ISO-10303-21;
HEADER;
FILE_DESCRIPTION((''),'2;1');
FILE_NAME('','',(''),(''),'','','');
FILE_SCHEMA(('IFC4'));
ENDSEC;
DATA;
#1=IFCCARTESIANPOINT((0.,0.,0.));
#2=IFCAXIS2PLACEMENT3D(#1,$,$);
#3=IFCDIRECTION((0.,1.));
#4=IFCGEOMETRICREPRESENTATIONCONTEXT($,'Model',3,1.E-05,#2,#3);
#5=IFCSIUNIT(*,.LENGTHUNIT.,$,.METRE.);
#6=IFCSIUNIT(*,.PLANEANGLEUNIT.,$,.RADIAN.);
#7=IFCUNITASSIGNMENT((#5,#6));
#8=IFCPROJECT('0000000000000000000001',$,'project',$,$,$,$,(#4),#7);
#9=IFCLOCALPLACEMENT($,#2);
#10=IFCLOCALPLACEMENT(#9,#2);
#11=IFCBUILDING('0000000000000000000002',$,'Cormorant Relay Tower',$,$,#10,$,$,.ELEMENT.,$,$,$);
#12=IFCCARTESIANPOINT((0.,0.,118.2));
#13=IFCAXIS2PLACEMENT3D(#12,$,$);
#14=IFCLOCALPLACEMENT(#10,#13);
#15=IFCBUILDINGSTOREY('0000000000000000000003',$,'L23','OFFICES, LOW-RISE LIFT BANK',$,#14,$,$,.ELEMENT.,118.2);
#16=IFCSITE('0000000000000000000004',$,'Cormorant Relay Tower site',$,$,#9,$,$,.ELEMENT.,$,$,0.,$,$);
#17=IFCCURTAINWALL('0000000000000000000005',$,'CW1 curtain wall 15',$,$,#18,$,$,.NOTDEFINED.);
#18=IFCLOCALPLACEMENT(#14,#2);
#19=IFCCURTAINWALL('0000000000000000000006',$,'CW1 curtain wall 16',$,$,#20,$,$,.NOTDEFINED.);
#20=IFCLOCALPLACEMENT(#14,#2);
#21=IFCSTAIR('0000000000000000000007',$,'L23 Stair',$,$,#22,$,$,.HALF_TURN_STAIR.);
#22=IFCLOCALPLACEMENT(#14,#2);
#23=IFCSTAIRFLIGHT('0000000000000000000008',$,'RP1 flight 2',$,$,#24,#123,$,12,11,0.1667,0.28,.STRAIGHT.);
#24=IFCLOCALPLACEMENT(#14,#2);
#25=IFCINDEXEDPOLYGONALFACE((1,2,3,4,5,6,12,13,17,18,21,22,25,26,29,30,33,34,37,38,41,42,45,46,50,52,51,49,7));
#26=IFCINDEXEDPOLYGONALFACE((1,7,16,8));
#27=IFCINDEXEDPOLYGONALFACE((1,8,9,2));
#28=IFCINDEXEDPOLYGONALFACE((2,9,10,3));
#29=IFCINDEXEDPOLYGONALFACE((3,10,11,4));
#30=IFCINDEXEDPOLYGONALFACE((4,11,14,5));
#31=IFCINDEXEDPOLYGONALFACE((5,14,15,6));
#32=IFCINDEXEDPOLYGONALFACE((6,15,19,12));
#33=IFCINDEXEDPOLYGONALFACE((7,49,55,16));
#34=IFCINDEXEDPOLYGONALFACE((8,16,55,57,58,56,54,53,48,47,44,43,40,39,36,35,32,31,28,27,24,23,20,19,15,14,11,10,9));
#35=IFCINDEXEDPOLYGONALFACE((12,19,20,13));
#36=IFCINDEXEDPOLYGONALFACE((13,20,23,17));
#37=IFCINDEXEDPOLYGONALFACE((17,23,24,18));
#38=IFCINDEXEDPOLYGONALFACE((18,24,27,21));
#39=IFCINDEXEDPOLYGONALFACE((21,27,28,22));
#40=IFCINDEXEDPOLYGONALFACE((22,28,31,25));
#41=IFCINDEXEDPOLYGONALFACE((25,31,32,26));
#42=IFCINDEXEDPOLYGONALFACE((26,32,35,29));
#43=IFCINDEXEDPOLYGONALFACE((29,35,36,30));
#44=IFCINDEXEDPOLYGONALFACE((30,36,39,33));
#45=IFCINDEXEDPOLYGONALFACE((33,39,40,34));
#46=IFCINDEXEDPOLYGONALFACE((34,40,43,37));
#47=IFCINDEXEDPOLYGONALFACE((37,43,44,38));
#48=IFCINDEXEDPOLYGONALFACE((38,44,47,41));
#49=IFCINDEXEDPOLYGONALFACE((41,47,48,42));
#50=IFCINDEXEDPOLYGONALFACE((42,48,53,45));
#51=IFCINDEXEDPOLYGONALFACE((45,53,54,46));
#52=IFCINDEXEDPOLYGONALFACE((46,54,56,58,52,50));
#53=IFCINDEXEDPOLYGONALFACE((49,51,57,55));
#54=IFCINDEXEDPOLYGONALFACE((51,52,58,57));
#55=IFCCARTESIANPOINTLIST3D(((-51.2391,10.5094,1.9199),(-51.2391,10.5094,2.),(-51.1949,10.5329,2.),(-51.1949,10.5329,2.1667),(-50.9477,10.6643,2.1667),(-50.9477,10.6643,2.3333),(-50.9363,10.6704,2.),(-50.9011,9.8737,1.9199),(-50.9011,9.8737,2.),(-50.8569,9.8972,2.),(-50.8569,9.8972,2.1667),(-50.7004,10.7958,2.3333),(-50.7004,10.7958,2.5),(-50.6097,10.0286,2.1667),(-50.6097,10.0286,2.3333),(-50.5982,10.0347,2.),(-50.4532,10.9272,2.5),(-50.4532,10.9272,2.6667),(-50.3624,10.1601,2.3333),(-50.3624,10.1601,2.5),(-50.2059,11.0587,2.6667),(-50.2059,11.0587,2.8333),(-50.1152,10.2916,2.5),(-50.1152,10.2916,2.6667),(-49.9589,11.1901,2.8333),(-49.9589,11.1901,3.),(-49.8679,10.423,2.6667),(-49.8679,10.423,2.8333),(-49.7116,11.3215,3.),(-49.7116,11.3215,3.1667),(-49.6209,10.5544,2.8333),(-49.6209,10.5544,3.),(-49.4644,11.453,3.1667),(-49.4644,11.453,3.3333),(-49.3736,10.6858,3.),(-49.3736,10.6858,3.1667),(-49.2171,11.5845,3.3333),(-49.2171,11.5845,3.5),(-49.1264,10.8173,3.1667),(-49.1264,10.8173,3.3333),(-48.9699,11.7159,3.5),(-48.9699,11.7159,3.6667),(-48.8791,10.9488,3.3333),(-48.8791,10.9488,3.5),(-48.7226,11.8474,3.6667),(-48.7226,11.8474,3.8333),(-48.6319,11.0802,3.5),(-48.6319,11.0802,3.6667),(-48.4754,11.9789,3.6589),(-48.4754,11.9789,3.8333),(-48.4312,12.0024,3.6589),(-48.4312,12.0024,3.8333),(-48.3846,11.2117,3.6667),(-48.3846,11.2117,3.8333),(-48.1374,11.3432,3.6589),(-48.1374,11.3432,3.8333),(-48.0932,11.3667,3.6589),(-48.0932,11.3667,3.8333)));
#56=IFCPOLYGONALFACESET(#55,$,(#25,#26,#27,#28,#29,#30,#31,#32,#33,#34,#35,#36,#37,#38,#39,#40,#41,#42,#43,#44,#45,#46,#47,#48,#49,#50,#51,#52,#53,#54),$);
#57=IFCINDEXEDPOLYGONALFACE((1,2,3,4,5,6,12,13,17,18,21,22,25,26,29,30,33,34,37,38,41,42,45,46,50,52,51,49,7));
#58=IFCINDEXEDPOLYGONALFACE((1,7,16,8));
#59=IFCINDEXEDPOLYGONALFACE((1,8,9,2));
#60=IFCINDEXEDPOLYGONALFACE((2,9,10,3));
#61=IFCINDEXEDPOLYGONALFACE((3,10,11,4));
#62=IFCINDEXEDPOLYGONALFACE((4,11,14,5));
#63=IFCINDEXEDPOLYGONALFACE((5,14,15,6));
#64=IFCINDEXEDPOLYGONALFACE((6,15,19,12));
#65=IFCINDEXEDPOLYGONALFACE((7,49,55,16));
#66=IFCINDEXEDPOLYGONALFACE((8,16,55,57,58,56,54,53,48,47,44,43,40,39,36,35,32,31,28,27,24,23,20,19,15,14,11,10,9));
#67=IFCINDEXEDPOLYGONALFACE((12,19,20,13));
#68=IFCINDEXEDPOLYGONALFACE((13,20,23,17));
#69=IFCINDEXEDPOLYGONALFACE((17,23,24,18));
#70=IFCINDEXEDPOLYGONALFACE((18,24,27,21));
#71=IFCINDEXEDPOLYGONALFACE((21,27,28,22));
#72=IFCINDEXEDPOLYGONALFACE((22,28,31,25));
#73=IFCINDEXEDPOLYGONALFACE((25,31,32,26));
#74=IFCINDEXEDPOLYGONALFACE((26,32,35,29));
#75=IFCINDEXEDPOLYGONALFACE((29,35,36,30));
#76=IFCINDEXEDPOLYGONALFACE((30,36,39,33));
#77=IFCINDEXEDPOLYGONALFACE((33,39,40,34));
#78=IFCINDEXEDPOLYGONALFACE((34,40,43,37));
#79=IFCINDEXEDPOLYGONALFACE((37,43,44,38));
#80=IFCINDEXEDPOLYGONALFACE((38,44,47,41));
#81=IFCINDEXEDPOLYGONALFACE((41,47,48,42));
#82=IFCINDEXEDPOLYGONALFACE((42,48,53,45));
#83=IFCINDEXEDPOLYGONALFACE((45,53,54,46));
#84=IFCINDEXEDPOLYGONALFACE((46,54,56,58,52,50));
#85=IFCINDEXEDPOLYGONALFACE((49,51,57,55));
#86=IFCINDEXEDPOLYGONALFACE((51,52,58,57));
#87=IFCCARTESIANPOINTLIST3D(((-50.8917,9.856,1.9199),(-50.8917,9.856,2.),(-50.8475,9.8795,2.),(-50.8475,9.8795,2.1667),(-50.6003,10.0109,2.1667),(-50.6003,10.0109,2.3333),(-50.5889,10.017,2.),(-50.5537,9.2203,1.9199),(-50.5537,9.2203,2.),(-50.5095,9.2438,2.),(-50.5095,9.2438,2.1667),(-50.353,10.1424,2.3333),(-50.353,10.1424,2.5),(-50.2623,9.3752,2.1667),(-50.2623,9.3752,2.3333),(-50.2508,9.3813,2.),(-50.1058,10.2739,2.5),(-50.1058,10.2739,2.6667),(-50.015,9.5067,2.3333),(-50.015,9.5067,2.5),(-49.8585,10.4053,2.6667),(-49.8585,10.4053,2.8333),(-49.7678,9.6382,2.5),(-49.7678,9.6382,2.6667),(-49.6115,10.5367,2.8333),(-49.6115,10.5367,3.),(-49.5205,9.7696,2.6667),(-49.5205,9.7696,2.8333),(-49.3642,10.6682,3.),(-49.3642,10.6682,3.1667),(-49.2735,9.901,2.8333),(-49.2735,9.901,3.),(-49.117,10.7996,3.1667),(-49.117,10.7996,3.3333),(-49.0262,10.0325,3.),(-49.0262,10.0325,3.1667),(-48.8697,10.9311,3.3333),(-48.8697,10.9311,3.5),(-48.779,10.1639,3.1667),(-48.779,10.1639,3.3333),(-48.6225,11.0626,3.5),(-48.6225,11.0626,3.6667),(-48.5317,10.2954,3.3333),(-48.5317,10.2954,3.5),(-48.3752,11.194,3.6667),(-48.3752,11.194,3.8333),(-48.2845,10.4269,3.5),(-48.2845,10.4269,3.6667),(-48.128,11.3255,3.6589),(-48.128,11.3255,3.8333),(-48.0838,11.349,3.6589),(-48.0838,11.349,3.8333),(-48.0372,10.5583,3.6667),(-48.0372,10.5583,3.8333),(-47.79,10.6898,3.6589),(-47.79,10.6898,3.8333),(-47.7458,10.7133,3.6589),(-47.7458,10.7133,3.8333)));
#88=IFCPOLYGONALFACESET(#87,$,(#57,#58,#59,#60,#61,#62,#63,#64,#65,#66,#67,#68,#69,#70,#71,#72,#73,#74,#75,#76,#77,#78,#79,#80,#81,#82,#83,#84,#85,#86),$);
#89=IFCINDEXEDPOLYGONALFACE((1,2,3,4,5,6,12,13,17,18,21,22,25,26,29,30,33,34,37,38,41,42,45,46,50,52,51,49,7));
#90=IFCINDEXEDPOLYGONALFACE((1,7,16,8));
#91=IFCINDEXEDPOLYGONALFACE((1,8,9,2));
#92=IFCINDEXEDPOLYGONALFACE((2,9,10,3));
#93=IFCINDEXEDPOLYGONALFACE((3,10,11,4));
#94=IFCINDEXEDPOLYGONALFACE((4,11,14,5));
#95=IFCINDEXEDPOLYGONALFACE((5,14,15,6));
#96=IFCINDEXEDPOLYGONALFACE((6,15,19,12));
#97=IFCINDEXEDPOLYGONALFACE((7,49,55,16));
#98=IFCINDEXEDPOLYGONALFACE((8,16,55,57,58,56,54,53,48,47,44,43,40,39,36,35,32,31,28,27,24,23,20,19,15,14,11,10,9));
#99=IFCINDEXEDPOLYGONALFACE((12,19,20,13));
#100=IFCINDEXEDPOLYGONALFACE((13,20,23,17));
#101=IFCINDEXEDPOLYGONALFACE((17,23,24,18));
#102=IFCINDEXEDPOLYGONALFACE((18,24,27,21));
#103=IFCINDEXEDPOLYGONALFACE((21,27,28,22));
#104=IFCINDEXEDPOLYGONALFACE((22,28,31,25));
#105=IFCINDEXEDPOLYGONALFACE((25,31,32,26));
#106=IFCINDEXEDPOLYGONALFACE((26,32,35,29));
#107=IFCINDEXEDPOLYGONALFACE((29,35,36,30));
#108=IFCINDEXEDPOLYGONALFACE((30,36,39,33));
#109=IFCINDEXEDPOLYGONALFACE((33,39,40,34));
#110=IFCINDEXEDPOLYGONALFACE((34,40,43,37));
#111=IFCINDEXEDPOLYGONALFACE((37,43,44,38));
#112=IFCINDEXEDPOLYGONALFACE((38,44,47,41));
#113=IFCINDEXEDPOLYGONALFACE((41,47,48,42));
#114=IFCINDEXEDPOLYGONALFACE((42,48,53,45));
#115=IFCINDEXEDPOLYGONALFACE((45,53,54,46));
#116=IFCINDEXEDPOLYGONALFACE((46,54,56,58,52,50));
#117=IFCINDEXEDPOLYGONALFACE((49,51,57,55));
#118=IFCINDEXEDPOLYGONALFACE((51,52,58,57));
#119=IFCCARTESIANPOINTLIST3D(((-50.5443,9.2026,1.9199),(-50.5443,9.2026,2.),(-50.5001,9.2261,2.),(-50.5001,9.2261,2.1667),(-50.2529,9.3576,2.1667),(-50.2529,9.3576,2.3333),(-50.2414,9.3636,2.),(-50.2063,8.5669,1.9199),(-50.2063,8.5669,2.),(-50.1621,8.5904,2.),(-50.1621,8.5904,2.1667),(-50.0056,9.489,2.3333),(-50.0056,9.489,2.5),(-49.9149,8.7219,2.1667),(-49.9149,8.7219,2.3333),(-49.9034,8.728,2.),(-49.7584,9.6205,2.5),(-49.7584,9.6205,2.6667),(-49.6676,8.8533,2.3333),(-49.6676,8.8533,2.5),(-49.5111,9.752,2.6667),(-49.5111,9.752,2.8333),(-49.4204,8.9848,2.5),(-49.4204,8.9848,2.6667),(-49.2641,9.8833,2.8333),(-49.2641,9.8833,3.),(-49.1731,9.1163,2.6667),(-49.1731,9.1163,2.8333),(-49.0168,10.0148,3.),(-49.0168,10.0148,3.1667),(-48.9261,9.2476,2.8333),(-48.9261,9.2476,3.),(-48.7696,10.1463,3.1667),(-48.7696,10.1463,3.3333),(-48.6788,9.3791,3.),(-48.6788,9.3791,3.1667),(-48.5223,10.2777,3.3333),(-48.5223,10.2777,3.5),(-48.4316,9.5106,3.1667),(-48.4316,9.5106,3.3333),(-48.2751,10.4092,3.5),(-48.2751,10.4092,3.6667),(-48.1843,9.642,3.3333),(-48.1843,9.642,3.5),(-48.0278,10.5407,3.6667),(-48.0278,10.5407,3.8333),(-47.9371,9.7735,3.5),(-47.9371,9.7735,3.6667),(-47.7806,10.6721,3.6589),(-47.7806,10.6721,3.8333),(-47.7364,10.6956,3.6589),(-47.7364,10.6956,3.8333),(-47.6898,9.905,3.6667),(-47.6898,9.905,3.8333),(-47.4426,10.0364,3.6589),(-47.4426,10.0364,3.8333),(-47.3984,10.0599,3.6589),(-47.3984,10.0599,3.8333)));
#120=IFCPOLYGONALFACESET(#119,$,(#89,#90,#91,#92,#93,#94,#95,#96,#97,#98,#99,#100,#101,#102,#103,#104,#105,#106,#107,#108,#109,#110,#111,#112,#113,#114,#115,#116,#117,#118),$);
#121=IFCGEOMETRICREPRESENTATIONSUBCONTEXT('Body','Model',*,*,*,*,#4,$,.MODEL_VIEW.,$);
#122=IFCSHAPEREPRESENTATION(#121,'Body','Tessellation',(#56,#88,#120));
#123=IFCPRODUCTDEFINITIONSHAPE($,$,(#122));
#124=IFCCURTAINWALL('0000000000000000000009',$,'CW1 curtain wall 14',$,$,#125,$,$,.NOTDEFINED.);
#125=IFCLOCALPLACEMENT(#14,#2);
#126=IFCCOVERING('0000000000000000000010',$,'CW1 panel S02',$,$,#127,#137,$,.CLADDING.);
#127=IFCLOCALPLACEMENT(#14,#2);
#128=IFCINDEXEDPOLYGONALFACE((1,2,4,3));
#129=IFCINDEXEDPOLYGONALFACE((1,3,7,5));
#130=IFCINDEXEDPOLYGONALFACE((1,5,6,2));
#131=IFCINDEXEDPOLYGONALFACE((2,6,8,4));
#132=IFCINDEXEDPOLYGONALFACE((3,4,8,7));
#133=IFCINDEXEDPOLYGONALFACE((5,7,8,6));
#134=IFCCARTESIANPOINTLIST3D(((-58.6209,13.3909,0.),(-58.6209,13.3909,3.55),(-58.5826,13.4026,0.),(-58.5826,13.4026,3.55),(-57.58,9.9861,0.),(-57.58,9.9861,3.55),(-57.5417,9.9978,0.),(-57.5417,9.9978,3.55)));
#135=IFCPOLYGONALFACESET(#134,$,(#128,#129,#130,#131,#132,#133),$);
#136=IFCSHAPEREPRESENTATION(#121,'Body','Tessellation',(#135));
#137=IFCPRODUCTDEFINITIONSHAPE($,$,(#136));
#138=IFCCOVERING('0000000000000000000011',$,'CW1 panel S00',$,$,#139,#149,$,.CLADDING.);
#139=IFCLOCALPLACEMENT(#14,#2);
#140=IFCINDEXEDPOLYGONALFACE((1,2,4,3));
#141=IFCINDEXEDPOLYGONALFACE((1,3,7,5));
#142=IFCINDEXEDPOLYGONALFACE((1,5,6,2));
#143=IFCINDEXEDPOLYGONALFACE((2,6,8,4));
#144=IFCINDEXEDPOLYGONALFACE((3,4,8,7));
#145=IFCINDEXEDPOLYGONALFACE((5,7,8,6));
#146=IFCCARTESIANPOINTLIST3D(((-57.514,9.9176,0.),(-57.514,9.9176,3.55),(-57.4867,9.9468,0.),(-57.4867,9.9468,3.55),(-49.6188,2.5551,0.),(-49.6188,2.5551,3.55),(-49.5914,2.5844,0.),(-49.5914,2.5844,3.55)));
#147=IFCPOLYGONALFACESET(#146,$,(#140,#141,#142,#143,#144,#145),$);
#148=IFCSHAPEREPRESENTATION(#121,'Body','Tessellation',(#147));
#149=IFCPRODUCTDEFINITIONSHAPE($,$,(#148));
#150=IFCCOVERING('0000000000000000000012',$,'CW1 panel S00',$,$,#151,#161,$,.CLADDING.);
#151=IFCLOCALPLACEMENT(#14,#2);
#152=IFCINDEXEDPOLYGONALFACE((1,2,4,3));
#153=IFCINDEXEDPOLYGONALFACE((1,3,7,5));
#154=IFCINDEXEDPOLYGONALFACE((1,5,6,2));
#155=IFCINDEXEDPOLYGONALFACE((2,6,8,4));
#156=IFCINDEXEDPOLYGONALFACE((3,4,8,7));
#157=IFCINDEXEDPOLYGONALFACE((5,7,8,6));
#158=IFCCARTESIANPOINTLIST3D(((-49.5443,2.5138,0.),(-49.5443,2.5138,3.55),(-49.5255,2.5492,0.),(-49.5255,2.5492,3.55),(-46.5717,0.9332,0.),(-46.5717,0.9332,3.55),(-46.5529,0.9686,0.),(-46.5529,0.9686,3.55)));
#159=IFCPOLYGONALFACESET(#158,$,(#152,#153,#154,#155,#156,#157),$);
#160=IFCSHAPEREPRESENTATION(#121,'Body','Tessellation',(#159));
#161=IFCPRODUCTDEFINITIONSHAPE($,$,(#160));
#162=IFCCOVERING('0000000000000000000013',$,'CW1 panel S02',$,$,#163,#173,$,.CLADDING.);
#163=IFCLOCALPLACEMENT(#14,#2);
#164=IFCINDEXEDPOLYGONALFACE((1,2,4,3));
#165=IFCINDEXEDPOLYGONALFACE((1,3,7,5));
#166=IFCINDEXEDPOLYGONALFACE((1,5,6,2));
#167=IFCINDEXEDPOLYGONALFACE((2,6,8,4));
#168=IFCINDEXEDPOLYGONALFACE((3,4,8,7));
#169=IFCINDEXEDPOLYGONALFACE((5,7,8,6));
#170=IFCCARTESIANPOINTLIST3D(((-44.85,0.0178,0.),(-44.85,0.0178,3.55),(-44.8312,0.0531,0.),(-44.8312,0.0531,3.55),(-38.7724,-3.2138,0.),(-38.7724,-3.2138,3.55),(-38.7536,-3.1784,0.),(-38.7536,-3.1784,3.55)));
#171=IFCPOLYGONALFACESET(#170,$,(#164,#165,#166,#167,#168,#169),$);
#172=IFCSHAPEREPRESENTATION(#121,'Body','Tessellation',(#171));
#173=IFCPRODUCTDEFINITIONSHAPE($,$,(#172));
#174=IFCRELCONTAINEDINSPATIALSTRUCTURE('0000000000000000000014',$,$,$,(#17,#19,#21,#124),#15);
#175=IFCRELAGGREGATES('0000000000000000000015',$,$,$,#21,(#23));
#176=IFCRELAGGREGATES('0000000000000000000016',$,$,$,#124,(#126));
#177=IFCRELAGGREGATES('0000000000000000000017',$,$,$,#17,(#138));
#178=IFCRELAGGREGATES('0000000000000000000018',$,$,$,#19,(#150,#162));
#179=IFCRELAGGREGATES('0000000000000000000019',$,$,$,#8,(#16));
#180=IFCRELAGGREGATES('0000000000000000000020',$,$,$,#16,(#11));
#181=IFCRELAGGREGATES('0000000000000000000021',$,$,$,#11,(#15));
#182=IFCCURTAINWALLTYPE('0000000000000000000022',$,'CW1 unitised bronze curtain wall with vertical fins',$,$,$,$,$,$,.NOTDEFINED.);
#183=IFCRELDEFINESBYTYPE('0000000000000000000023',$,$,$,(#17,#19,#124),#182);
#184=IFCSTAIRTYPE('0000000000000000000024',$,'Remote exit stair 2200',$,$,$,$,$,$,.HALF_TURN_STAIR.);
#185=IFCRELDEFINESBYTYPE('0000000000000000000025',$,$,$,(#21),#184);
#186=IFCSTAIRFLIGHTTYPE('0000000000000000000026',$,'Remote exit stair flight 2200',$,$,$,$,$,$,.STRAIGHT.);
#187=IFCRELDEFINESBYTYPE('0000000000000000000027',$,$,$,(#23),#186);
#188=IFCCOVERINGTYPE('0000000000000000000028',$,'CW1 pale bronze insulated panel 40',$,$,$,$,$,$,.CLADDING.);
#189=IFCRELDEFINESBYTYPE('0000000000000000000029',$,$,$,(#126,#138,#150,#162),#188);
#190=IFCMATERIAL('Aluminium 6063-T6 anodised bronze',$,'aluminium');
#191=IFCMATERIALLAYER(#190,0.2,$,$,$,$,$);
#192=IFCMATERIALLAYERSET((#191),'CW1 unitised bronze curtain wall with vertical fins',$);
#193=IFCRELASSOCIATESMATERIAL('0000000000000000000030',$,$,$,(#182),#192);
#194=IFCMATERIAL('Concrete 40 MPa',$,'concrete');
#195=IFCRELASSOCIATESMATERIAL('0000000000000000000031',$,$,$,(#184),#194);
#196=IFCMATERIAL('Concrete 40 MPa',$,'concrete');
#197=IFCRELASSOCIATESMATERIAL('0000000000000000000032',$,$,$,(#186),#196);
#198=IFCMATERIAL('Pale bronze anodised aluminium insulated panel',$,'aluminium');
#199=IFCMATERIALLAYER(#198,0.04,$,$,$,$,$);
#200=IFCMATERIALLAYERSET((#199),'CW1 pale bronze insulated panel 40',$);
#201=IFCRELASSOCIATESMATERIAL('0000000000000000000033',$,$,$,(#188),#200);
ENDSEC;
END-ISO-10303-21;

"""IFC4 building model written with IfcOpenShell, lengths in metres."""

from ifc_helpers import new_model, si_unit, direction, frame, origin, origin_2d, place, context, subcontext, project, spatial, polyline, rectangle, outline, extrude, material, layer, layer_set, type_object, element, aggregate, save


model = new_model("IFC4")

# Units and contexts
model_context = context("Model", 3, precision=1e-05, world=origin(), true_north=direction((0.0, 1.0)))
body_context = subcontext(model_context, "Body", "Model", "MODEL_VIEW")
ifc_project = project(units=[si_unit("LENGTHUNIT", "METRE"), si_unit("PLANEANGLEUNIT", "RADIAN")], contexts=[model_context])

# Site, building, storey
site_placement = place(None, origin())
site = spatial("IfcSite", under=ifc_project, at=site_placement, Name="Cormorant Relay Tower site", CompositionType="ELEMENT", RefElevation=0.0)
building_placement = place(site_placement, origin())
building = spatial("IfcBuilding", under=site, at=building_placement, Name="Cormorant Relay Tower", CompositionType="ELEMENT")
storey_placement = place(building_placement, frame((0.0, 0.0, 118.2)))
storey = spatial("IfcBuildingStorey", under=building, at=storey_placement, Name="L23", Description="OFFICES, LOW-RISE LIFT BANK", CompositionType="ELEMENT", Elevation=118.2)

# Curtain walls
ifc_material_1 = material(Name="Aluminium 6063-T6 anodised bronze", Category="aluminium")
ifc_layer_1 = layer(ifc_material_1, 0.2)
ifc_layer_set_1 = layer_set([ifc_layer_1], Name="CW1 unitised bronze curtain wall with vertical fins")
curtain_wall_type = type_object("IfcCurtainWallType", Name="CW1 unitised bronze curtain wall with vertical fins", PredefinedType="NOTDEFINED", material=ifc_layer_set_1)
curtain_wall_1_placement = place(storey_placement, origin())
curtain_wall_1 = element("IfcCurtainWall", 1, at=curtain_wall_1_placement, inside=storey, type_object=curtain_wall_type, Name="CW1 curtain wall 15", PredefinedType="NOTDEFINED")
curtain_wall_2_placement = place(storey_placement, origin())
curtain_wall_2 = element("IfcCurtainWall", 2, at=curtain_wall_2_placement, inside=storey, type_object=curtain_wall_type, Name="CW1 curtain wall 16", PredefinedType="NOTDEFINED")

# Stair, stair flight
ifc_material_2 = material(Name="Concrete 40 MPa", Category="concrete")
stair_type = type_object("IfcStairType", Name="Remote exit stair 2200", PredefinedType="HALF_TURN_STAIR", material=ifc_material_2)
stair_placement = place(storey_placement, origin())
stair = element("IfcStair", 3, at=stair_placement, inside=storey, type_object=stair_type, Name="L23 Stair", PredefinedType="HALF_TURN_STAIR")
ifc_material_3 = material(Name="Concrete 40 MPa", Category="concrete")
stair_flight_type = type_object("IfcStairFlightType", Name="Remote exit stair flight 2200", PredefinedType="STRAIGHT", material=ifc_material_3)
stair_flight_1_placement = place(storey_placement, frame((-50.6785, 9.5615, 2.0), z_axis=(0.0, 0.0, 1.0), x_axis=(0.882948, 0.469472, 0.0)))
stair_flight_1 = element("IfcStairFlight", 4, at=stair_flight_1_placement, type_object=stair_flight_type, Name="RP1 flight 2", NumberOfRisers=12, NumberOfTreads=11, PredefinedType="STRAIGHT", RiserHeight=0.1667, TreadLength=0.28, context=body_context, shape_type="SweptSolid", body=[
    extrude(outline(polyline([(-0.05, -0.0801), (-0.05, 0.0), (0.0, 0.0), (0.0, 0.1667), (0.28, 0.1667), (0.28, 0.3333), (0.5601, 0.3333), (0.5601, 0.5), (0.8401, 0.5), (0.8401, 0.6667), (1.1201, 0.6667), (1.1201, 0.8333), (1.3999, 0.8333), (1.3999, 1.0), (1.6799, 1.0), (1.6799, 1.1667), (1.96, 1.1667), (1.96, 1.3333), (2.24, 1.3333), (2.24, 1.5), (2.52, 1.5), (2.52, 1.6667), (2.8, 1.6667), (2.8, 1.8333), (3.0801, 1.8333), (3.1301, 1.8333), (3.1301, 1.6589), (3.0801, 1.6589), (0.293, 0.0), (-0.05, -0.0801)])), frame((0.0, 1.1001, 0.0), z_axis=(0.0, -1.0, 0.0), x_axis=(1.0, 0.0, 0.0)), (0.0, 0.0, 1.0), 0.72),
    extrude(outline(polyline([(-0.05, -0.0801), (-0.05, 0.0), (0.0, 0.0), (0.0, 0.1667), (0.28, 0.1667), (0.28, 0.3333), (0.5601, 0.3333), (0.5601, 0.5), (0.8401, 0.5), (0.8401, 0.6667), (1.1201, 0.6667), (1.1201, 0.8333), (1.3999, 0.8333), (1.3999, 1.0), (1.6799, 1.0), (1.6799, 1.1667), (1.96, 1.1667), (1.96, 1.3333), (2.24, 1.3333), (2.24, 1.5), (2.52, 1.5), (2.52, 1.6667), (2.8, 1.6667), (2.8, 1.8333), (3.0801, 1.8333), (3.1301, 1.8333), (3.1301, 1.6589), (3.0801, 1.6589), (0.293, 0.0), (-0.05, -0.0801)])), frame((0.0, 0.3601, 0.0), z_axis=(0.0, -1.0, 0.0), x_axis=(1.0, 0.0, 0.0)), (0.0, 0.0, 1.0), 0.72),
    extrude(outline(polyline([(-0.05, -0.0801), (-0.05, 0.0), (0.0, 0.0), (0.0, 0.1667), (0.28, 0.1667), (0.28, 0.3333), (0.5601, 0.3333), (0.5601, 0.5), (0.8401, 0.5), (0.8401, 0.6667), (1.1201, 0.6667), (1.1201, 0.8333), (1.3999, 0.8333), (1.3999, 1.0), (1.6799, 1.0), (1.6799, 1.1667), (1.96, 1.1667), (1.96, 1.3333), (2.24, 1.3333), (2.24, 1.5), (2.52, 1.5), (2.52, 1.6667), (2.8, 1.6667), (2.8, 1.8333), (3.0801, 1.8333), (3.1301, 1.8333), (3.1301, 1.6589), (3.0801, 1.6589), (0.293, 0.0), (-0.05, -0.0801)])), frame((0.0, -0.3799, 0.0), z_axis=(0.0, -1.0, 0.0), x_axis=(1.0, 0.0, 0.0)), (0.0, 0.0, 1.0), 0.72),
])
aggregate(stair, [stair_flight_1])

# Curtain wall, covering
curtain_wall_3_placement = place(storey_placement, origin())
curtain_wall_3 = element("IfcCurtainWall", 5, at=curtain_wall_3_placement, inside=storey, type_object=curtain_wall_type, Name="CW1 curtain wall 14", PredefinedType="NOTDEFINED")
ifc_material_4 = material(Name="Pale bronze anodised aluminium insulated panel", Category="aluminium")
ifc_layer_2 = layer(ifc_material_4, 0.04)
ifc_layer_set_2 = layer_set([ifc_layer_2], Name="CW1 pale bronze insulated panel 40")
covering_type = type_object("IfcCoveringType", Name="CW1 pale bronze insulated panel 40", PredefinedType="CLADDING", material=ifc_layer_set_2)
covering_1_placement = place(storey_placement, frame((-58.0813, 11.6943, 0.0), z_axis=(0.0, 0.0, 1.0), x_axis=(0.292372, -0.956305, 0.0)))
covering_1 = element("IfcCovering", 6, at=covering_1_placement, type_object=covering_type, Name="CW1 panel S02", PredefinedType="CLADDING", context=body_context, shape_type="SweptSolid", body=[
    extrude(rectangle(XDim=3.5603, YDim=0.04, at=origin_2d()), origin(), (0.0, 0.0, 1.0), 3.55),
])
aggregate(curtain_wall_3, [covering_1])

# Coverings
covering_2_placement = place(storey_placement, frame((-53.5527, 6.251, 0.0), z_axis=(0.0, 0.0, 1.0), x_axis=(0.731354, -0.681998, 0.0)))
covering_2 = element("IfcCovering", 7, at=covering_2_placement, type_object=covering_type, Name="CW1 panel S00", PredefinedType="CLADDING", context=body_context, shape_type="SweptSolid", body=[
    extrude(rectangle(XDim=10.7954, YDim=0.04, at=origin_2d()), origin(), (0.0, 0.0, 1.0), 3.55),
])
aggregate(curtain_wall_1, [covering_2])
covering_3_placement = place(storey_placement, frame((-48.0486, 1.7412, 0.0), z_axis=(0.0, 0.0, 1.0), x_axis=(0.882948, -0.469472, 0.0)))
covering_3 = element("IfcCovering", 8, at=covering_3_placement, type_object=covering_type, Name="CW1 panel S00", PredefinedType="CLADDING", context=body_context, shape_type="SweptSolid", body=[
    extrude(rectangle(XDim=3.3667, YDim=0.04, at=origin_2d()), origin(), (0.0, 0.0, 1.0), 3.55),
])
covering_4_placement = place(storey_placement, frame((-41.8018, -1.5803, 0.0), z_axis=(0.0, 0.0, 1.0), x_axis=(0.882948, -0.469472, 0.0)))
covering_4 = element("IfcCovering", 9, at=covering_4_placement, type_object=covering_type, Name="CW1 panel S02", PredefinedType="CLADDING", context=body_context, shape_type="SweptSolid", body=[
    extrude(rectangle(XDim=6.8833, YDim=0.04, at=origin_2d()), origin(), (0.0, 0.0, 1.0), 3.55),
])
aggregate(curtain_wall_2, [covering_3, covering_4])

save(model, "model.ifc")
